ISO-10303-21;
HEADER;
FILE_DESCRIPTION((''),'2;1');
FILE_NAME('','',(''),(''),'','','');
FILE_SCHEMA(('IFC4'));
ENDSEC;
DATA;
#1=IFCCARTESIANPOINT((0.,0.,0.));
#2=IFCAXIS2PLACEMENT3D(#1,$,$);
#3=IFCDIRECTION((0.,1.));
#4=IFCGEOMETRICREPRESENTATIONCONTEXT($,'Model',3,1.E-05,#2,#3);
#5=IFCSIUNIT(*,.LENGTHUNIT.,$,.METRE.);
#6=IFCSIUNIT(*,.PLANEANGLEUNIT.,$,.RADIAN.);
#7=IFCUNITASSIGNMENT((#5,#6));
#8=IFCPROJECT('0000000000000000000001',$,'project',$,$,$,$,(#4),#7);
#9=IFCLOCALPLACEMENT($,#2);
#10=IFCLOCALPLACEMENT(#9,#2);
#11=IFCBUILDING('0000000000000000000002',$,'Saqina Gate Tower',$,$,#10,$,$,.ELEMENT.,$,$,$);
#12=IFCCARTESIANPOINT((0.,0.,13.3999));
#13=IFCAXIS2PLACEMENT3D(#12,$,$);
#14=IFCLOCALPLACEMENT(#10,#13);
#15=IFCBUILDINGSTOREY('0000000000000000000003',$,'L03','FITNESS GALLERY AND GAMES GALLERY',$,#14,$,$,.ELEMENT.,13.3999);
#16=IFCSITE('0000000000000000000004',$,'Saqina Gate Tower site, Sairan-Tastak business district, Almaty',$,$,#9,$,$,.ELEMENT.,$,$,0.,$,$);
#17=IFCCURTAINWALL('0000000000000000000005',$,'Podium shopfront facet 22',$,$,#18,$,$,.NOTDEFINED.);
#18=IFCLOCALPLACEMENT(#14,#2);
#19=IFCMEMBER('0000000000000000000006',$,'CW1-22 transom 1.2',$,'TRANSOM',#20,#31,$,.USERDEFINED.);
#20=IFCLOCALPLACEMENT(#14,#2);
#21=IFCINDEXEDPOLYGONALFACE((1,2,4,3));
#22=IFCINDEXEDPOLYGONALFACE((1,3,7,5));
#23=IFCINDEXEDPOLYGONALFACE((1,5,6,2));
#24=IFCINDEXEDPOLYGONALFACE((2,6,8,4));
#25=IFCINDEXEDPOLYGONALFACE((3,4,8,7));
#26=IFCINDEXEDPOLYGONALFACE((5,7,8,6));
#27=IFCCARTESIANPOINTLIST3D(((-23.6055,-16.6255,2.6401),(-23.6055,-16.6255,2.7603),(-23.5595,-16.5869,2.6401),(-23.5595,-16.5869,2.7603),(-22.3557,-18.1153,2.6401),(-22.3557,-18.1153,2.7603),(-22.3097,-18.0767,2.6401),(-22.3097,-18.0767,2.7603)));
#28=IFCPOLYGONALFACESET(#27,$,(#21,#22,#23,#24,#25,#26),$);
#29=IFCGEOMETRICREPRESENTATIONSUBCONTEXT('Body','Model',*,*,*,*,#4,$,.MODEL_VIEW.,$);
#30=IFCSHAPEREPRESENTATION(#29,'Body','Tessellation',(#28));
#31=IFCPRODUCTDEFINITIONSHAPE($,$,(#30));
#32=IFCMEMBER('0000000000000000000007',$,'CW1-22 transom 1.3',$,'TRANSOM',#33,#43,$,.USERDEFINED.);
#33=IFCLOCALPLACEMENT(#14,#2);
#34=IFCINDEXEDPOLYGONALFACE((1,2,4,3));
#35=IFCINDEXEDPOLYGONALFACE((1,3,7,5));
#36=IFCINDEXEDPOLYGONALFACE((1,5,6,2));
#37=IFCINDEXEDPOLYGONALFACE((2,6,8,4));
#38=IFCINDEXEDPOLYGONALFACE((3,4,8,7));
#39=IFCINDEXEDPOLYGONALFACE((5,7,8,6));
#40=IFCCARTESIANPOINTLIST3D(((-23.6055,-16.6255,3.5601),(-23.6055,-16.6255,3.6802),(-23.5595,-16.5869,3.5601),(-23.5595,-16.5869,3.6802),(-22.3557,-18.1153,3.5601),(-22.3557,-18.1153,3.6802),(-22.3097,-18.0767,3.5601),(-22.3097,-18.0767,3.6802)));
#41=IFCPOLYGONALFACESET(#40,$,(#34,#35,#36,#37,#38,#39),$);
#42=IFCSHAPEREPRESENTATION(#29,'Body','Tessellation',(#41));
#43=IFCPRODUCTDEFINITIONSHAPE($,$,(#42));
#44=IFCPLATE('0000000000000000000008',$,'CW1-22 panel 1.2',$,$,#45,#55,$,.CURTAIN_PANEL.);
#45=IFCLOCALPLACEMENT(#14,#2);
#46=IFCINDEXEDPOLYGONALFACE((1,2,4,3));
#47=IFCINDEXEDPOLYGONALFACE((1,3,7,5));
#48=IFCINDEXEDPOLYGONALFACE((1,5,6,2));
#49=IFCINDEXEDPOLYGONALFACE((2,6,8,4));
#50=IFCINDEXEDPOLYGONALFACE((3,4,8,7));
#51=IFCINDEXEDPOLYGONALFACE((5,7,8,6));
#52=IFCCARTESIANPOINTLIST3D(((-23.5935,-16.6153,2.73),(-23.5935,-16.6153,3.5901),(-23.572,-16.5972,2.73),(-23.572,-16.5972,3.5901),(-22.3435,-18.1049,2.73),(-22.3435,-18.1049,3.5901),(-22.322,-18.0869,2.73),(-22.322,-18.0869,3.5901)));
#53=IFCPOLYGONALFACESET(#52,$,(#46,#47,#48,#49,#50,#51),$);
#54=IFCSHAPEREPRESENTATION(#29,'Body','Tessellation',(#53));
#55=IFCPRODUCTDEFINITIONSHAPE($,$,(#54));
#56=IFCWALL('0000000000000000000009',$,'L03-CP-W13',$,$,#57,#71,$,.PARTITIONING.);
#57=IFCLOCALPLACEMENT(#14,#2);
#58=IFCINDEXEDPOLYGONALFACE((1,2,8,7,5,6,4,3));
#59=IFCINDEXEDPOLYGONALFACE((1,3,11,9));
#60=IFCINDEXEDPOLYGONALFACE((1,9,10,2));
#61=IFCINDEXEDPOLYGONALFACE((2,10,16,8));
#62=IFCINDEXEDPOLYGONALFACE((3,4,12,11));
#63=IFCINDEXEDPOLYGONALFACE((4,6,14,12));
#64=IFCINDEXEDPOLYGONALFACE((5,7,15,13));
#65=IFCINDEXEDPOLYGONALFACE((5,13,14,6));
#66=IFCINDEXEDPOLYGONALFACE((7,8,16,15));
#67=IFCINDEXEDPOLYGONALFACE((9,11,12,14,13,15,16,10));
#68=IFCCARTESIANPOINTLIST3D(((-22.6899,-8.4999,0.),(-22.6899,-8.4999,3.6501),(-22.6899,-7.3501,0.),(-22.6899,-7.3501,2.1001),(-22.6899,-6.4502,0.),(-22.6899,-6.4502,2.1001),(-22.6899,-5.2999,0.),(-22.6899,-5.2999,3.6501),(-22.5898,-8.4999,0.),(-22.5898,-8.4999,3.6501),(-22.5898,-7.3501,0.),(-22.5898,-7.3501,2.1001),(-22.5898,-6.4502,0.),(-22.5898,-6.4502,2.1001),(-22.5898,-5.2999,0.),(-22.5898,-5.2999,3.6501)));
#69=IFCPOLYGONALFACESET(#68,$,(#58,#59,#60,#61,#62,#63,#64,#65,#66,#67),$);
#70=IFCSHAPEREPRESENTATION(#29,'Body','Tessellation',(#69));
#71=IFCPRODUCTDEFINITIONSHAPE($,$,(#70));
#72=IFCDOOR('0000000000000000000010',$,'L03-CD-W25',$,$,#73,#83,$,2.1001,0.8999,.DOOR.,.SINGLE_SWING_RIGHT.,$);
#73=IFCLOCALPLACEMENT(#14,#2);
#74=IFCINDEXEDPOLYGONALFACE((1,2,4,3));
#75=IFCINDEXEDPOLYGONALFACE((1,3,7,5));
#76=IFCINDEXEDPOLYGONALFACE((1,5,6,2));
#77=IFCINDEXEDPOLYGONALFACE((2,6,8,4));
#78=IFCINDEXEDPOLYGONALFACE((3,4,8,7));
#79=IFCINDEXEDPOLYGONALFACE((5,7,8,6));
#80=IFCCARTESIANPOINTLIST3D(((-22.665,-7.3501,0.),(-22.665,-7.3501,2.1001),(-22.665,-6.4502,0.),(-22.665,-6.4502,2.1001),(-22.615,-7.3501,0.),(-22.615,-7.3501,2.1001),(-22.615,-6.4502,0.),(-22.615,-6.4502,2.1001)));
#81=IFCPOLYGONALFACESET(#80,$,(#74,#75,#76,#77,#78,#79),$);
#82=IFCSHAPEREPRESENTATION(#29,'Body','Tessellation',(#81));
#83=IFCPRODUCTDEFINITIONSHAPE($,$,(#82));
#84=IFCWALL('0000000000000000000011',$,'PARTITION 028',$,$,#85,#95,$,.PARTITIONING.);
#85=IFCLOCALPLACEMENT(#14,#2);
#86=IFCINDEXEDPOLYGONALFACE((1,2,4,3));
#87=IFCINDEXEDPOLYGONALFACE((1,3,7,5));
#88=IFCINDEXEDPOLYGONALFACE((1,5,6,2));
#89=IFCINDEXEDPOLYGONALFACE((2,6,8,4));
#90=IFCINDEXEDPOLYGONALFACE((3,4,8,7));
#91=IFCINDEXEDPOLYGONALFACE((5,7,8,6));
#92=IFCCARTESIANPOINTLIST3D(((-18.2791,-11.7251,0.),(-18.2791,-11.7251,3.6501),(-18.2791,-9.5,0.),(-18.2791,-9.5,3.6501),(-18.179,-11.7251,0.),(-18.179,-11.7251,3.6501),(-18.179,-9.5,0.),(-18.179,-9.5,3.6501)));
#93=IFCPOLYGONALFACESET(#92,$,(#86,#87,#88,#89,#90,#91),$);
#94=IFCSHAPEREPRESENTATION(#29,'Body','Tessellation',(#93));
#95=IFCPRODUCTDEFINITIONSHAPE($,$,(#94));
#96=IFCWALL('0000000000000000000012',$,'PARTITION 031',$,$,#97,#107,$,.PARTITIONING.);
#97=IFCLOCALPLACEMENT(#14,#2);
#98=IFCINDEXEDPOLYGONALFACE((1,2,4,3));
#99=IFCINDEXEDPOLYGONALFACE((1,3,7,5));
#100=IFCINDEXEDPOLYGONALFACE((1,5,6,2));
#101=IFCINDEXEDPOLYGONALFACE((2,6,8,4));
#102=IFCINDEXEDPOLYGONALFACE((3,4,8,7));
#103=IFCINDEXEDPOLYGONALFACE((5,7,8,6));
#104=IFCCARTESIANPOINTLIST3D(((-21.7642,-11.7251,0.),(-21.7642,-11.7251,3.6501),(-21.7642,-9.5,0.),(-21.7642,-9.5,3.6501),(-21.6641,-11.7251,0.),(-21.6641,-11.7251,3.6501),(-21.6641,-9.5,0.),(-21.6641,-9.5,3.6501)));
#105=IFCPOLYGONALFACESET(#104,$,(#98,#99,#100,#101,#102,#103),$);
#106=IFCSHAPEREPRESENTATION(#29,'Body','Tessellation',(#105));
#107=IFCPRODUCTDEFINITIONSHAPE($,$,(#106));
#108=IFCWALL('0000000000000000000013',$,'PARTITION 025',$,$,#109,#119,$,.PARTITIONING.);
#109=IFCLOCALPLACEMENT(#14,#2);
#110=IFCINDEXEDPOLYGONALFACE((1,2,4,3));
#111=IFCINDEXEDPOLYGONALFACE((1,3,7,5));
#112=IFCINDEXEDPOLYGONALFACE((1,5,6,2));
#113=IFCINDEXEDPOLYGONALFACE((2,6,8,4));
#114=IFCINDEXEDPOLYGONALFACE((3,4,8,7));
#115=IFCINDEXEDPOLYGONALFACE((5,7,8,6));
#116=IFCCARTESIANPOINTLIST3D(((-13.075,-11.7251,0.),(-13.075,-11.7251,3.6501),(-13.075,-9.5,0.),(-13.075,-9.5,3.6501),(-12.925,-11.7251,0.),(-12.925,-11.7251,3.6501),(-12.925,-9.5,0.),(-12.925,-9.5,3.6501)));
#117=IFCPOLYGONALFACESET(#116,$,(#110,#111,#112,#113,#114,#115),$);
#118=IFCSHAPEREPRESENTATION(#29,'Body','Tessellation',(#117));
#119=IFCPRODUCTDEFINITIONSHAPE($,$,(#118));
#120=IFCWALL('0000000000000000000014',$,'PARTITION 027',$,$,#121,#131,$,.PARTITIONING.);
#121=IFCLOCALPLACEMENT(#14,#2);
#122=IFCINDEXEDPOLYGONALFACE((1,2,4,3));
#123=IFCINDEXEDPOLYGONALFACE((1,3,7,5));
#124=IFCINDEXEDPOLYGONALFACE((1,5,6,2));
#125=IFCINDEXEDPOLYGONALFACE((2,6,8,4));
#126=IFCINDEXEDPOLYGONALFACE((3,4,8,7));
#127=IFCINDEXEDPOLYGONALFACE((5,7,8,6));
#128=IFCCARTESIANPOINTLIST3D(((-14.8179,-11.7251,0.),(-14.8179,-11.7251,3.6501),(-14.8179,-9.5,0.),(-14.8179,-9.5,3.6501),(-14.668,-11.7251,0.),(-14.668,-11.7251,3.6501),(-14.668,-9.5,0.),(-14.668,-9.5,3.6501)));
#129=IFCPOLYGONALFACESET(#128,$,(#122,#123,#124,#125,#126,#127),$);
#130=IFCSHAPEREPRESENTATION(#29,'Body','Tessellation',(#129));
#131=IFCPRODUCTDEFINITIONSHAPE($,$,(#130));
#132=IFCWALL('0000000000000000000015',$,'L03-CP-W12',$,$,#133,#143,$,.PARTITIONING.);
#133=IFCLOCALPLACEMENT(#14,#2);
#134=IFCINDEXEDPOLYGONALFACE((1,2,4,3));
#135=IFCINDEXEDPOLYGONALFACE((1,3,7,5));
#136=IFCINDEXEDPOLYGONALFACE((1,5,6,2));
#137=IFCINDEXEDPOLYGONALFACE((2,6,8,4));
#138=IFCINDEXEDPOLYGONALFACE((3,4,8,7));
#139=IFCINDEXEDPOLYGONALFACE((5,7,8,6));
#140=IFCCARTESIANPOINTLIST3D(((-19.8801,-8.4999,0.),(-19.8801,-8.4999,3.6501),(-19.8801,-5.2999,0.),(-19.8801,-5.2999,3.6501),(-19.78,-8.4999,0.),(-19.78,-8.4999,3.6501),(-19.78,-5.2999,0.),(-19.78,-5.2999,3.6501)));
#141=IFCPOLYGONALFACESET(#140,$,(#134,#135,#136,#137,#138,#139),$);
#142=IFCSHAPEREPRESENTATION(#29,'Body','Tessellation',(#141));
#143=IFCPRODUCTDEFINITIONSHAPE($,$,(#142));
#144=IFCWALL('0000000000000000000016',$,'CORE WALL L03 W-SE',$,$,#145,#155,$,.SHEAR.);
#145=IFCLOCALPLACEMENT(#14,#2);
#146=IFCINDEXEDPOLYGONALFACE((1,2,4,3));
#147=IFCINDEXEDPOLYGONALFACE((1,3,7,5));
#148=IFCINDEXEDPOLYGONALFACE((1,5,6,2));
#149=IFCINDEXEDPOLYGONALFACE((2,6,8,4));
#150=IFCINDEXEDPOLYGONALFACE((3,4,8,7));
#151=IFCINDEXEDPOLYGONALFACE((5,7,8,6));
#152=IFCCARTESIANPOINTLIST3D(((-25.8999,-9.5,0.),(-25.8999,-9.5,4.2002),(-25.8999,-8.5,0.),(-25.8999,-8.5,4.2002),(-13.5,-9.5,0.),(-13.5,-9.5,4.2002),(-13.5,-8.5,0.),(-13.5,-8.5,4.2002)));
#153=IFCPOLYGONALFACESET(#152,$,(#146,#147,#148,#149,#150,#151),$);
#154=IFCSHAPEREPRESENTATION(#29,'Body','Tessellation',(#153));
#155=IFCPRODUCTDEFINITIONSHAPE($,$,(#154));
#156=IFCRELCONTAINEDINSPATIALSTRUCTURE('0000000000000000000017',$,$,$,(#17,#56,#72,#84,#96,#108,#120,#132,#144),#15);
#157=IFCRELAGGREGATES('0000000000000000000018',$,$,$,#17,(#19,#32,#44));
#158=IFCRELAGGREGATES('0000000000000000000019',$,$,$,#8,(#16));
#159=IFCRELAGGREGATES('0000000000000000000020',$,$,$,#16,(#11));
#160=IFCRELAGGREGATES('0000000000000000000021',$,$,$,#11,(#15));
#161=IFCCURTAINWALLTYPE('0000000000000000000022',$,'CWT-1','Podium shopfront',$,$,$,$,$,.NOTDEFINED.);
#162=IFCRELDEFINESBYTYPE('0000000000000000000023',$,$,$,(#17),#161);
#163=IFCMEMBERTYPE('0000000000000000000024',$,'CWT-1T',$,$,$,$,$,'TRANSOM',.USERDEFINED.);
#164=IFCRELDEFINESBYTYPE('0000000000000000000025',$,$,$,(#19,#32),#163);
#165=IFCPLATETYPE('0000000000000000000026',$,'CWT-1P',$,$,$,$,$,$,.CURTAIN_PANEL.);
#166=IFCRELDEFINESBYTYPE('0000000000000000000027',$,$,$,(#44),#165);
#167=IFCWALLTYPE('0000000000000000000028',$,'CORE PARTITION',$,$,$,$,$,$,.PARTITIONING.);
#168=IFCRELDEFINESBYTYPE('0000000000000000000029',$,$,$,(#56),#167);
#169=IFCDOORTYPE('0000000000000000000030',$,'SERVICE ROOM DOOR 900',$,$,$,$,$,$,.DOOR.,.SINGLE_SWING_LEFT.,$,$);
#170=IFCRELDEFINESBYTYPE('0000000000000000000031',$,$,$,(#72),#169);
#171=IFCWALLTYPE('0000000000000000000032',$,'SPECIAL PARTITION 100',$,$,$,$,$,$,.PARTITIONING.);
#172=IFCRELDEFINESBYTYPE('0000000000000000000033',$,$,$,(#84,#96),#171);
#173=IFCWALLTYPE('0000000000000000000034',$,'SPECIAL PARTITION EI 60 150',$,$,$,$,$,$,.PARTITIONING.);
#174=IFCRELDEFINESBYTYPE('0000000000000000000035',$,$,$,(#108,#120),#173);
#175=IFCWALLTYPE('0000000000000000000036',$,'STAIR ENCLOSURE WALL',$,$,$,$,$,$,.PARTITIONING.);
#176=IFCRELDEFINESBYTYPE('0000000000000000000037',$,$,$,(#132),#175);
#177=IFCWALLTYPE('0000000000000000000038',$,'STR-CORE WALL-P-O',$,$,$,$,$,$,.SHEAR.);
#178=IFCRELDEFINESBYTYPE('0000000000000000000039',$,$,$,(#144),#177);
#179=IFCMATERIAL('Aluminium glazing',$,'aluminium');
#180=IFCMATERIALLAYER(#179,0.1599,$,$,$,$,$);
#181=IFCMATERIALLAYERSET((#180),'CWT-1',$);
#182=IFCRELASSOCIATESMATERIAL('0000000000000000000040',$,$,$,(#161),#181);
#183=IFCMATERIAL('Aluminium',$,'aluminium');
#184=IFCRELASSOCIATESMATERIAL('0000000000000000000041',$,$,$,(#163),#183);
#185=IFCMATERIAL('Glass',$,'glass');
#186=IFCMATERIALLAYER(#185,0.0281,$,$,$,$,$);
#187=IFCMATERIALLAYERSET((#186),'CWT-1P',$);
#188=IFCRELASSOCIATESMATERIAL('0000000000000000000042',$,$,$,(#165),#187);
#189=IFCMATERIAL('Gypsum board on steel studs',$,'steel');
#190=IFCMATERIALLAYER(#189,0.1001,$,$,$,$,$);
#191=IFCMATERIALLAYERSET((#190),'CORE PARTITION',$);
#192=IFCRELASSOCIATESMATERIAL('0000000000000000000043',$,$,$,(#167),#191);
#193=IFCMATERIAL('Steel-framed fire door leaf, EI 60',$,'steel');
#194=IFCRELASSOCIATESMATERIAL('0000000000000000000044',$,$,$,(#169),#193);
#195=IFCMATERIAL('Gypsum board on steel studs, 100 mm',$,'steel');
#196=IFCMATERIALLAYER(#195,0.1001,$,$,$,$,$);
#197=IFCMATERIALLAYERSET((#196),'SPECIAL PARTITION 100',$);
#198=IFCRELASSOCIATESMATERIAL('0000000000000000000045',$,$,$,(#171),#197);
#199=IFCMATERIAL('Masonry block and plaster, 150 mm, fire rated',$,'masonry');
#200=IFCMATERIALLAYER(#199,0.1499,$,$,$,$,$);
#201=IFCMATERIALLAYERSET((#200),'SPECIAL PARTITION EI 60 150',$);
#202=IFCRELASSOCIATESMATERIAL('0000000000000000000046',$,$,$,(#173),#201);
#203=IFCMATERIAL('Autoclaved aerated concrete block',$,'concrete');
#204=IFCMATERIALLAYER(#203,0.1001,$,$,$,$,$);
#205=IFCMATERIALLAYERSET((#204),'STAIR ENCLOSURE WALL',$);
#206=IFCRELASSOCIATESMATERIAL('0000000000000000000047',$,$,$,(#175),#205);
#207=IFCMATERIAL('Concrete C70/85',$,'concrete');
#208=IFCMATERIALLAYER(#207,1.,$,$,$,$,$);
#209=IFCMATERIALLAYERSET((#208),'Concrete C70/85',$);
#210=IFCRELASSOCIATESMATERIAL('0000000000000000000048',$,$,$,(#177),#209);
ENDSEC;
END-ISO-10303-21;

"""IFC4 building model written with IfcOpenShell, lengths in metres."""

from ifc_helpers import new_model, si_unit, direction, frame, frame_2d, origin, origin_2d, place, context, subcontext, project, spatial, rectangle, extrude, material, layer, layer_set, material_profile, profile_set, type_object, element, fill, aggregate, save


model = new_model("IFC4")

# Units and contexts
model_context = context("Model", 3, precision=1e-05, world=origin(), true_north=direction((0.0, 1.0)))
body_context = subcontext(model_context, "Body", "Model", "MODEL_VIEW")
ifc_project = project(units=[si_unit("LENGTHUNIT", "METRE"), si_unit("PLANEANGLEUNIT", "RADIAN")], contexts=[model_context])

# Site, building, storey
site_placement = place(None, origin())
site = spatial("IfcSite", under=ifc_project, at=site_placement, Name="Saqina Gate Tower site, Sairan-Tastak business district, Almaty", CompositionType="ELEMENT", RefElevation=0.0)
building_placement = place(site_placement, origin())
building = spatial("IfcBuilding", under=site, at=building_placement, Name="Saqina Gate Tower", CompositionType="ELEMENT")
storey_placement = place(building_placement, frame((0.0, 0.0, 13.3999)))
storey = spatial("IfcBuildingStorey", under=building, at=storey_placement, Name="L03", Description="FITNESS GALLERY AND GAMES GALLERY", CompositionType="ELEMENT", Elevation=13.3999)

# Curtain wall, members, plate
ifc_material_1 = material(Name="Aluminium glazing", Category="aluminium")
ifc_layer_1 = layer(ifc_material_1, 0.1599)
ifc_layer_set_1 = layer_set([ifc_layer_1], Name="CWT-1")
curtain_wall_type = type_object("IfcCurtainWallType", Name="CWT-1", Description="Podium shopfront", PredefinedType="NOTDEFINED", material=ifc_layer_set_1)
curtain_wall_placement = place(storey_placement, origin())
curtain_wall = element("IfcCurtainWall", 1, at=curtain_wall_placement, inside=storey, type_object=curtain_wall_type, Name="Podium shopfront facet 22", PredefinedType="NOTDEFINED")
ifc_material_2 = material(Name="Aluminium", Category="aluminium")
ifc_material_profile = material_profile(ifc_material_2, rectangle(XDim=0.0601, YDim=0.1201, at=origin_2d()), Name="Aluminium 60x120")
ifc_profile_set = profile_set([ifc_material_profile], Name="Aluminium")
member_type = type_object("IfcMemberType", Name="CWT-1T", ElementType="TRANSOM", PredefinedType="USERDEFINED", material=ifc_profile_set)
member_1_placement = place(storey_placement, frame((-23.5825, -16.6062, 2.7002), z_axis=(0.6427, -0.766118, 0.0), x_axis=(0.766118, 0.6427, 0.0)))
member_1 = element("IfcMember", 2, at=member_1_placement, type_object=member_type, Name="CW1-22 transom 1.2", ObjectType="TRANSOM", PredefinedType="USERDEFINED", context=body_context, shape_type="SweptSolid", body=[
    extrude(rectangle(XDim=0.0601, YDim=0.1201, at=origin_2d()), origin(), (0.0, 0.0, 1.0), 1.9446),
])
member_2_placement = place(storey_placement, frame((-23.5825, -16.6062, 3.6201), z_axis=(0.6427, -0.766118, 0.0), x_axis=(0.766118, 0.6427, 0.0)))
member_2 = element("IfcMember", 3, at=member_2_placement, type_object=member_type, Name="CW1-22 transom 1.3", ObjectType="TRANSOM", PredefinedType="USERDEFINED", context=body_context, shape_type="SweptSolid", body=[
    extrude(rectangle(XDim=0.0601, YDim=0.1201, at=origin_2d()), origin(), (0.0, 0.0, 1.0), 1.9446),
])
ifc_material_3 = material(Name="Glass", Category="glass")
ifc_layer_2 = layer(ifc_material_3, 0.0281)
ifc_layer_set_2 = layer_set([ifc_layer_2], Name="CWT-1P")
plate_type = type_object("IfcPlateType", Name="CWT-1P", PredefinedType="CURTAIN_PANEL", material=ifc_layer_set_2)
plate_placement = place(storey_placement, frame((-22.9578, -17.3511, 2.73), z_axis=(0.0, 0.0, 1.0), x_axis=(0.642779, -0.766051, 0.0)))
plate = element("IfcPlate", 4, at=plate_placement, type_object=plate_type, Name="CW1-22 panel 1.2", PredefinedType="CURTAIN_PANEL", context=body_context, shape_type="SweptSolid", body=[
    extrude(rectangle(XDim=1.9446, YDim=0.0281, at=origin_2d()), origin(), (0.0, 0.0, 1.0), 0.8601),
])
aggregate(curtain_wall, [member_1, member_2, plate])

# Wall, opening, door
ifc_material_4 = material(Name="Gypsum board on steel studs", Category="steel")
ifc_layer_3 = layer(ifc_material_4, 0.1001)
ifc_layer_set_3 = layer_set([ifc_layer_3], Name="CORE PARTITION")
wall_type_1 = type_object("IfcWallType", Name="CORE PARTITION", PredefinedType="PARTITIONING", material=ifc_layer_set_3)
wall_1_placement = place(storey_placement, frame((-22.6399, -8.5, 0.0), z_axis=(0.0, 0.0, 1.0), x_axis=(0.0, 1.0, 0.0)))
wall_1 = element("IfcWall", 5, at=wall_1_placement, inside=storey, type_object=wall_type_1, Name="L03-CP-W13", PredefinedType="PARTITIONING", context=body_context, shape_type="SweptSolid", body=[
    extrude(rectangle(XDim=3.2, YDim=0.1001, at=frame_2d((1.6001, 0.0))), origin(), (0.0, 0.0, 1.0), 3.6501),
])
opening_1_placement = place(wall_1_placement, frame((1.1499, 0.0, 0.0)))
opening_1 = element("IfcOpeningElement", 6, at=opening_1_placement, cuts=wall_1, PredefinedType="OPENING", context=body_context, shape_type="SweptSolid", body=[
    extrude(rectangle(XDim=0.8999, YDim=2.1001, at=frame_2d((0.45, 1.05))), frame((0.0, 0.062, 0.0), z_axis=(0.0, -1.0, 0.0), x_axis=(1.0, 0.0, 0.0)), (0.0, 0.0, 1.0), 0.124),
])
ifc_material_5 = material(Name="Steel-framed fire door leaf, EI 60", Category="steel")
door_type_1 = type_object("IfcDoorType", Name="SERVICE ROOM DOOR 900", OperationType="SINGLE_SWING_LEFT", PredefinedType="DOOR", material=ifc_material_5)
door_1_placement = place(opening_1_placement, frame((0.8999, 0.0, 0.0), z_axis=(0.0, 0.0, 1.0), x_axis=(-1.0, 0.0, 0.0)))
door_1 = element("IfcDoor", 7, at=door_1_placement, inside=storey, type_object=door_type_1, Name="L03-CD-W25", OperationType="SINGLE_SWING_RIGHT", OverallHeight=2.1001, OverallWidth=0.8999, PredefinedType="DOOR", context=body_context, shape_type="SweptSolid", body=[
    extrude(rectangle(XDim=0.8999, YDim=2.1001, at=frame_2d((0.45, 1.05))), frame((0.0, 0.0249, 0.0), z_axis=(0.0, -1.0, 0.0), x_axis=(1.0, 0.0, 0.0)), (0.0, 0.0, 1.0), 0.05),
])
fill(opening_1, door_1)

# Walls
ifc_material_6 = material(Name="Gypsum board on steel studs, 100 mm", Category="steel")
ifc_layer_4 = layer(ifc_material_6, 0.1001)
ifc_layer_set_4 = layer_set([ifc_layer_4], Name="SPECIAL PARTITION 100")
wall_type_2 = type_object("IfcWallType", Name="SPECIAL PARTITION 100", PredefinedType="PARTITIONING", material=ifc_layer_set_4)
for number, where, z_axis, x_axis, name in (
    (8, (-18.229, -11.7251, 0.0), (0.0, 0.0, 1.0), (0.0, 1.0, 0.0), "PARTITION 028"),
    (9, (-21.7141, -11.7251, 0.0), (0.0, 0.0, 1.0), (0.0, 1.0, 0.0), "PARTITION 031"),
):
    element("IfcWall", number, at=place(storey_placement, frame(where, z_axis=z_axis, x_axis=x_axis)), inside=storey, type_object=wall_type_2, Name=name, PredefinedType="PARTITIONING", context=body_context, shape_type="SweptSolid", body=[
        extrude(rectangle(XDim=2.2251, YDim=0.1001, at=frame_2d((1.1125, 0.0))), origin(), (0.0, 0.0, 1.0), 3.6501),
    ])
ifc_material_7 = material(Name="Masonry block and plaster, 150 mm, fire rated", Category="masonry")
ifc_layer_5 = layer(ifc_material_7, 0.1499)
ifc_layer_set_5 = layer_set([ifc_layer_5], Name="SPECIAL PARTITION EI 60 150")
wall_type_3 = type_object("IfcWallType", Name="SPECIAL PARTITION EI 60 150", PredefinedType="PARTITIONING", material=ifc_layer_set_5)
for number, where, z_axis, x_axis, name in (
    (10, (-13.0, -11.7251, 0.0), (0.0, 0.0, 1.0), (0.0, 1.0, 0.0), "PARTITION 025"),
    (11, (-14.7429, -11.7251, 0.0), (0.0, 0.0, 1.0), (0.0, 1.0, 0.0), "PARTITION 027"),
):
    element("IfcWall", number, at=place(storey_placement, frame(where, z_axis=z_axis, x_axis=x_axis)), inside=storey, type_object=wall_type_3, Name=name, PredefinedType="PARTITIONING", context=body_context, shape_type="SweptSolid", body=[
        extrude(rectangle(XDim=2.2251, YDim=0.1499, at=frame_2d((1.1125, 0.0))), origin(), (0.0, 0.0, 1.0), 3.6501),
    ])
ifc_material_8 = material(Name="Autoclaved aerated concrete block", Category="concrete")
ifc_layer_6 = layer(ifc_material_8, 0.1001)
ifc_layer_set_6 = layer_set([ifc_layer_6], Name="STAIR ENCLOSURE WALL")
wall_type_4 = type_object("IfcWallType", Name="STAIR ENCLOSURE WALL", PredefinedType="PARTITIONING", material=ifc_layer_set_6)
wall_2_placement = place(storey_placement, frame((-19.8301, -8.5, 0.0), z_axis=(0.0, 0.0, 1.0), x_axis=(0.0, 1.0, 0.0)))
element("IfcWall", 12, at=wall_2_placement, inside=storey, type_object=wall_type_4, Name="L03-CP-W12", PredefinedType="PARTITIONING", context=body_context, shape_type="SweptSolid", body=[
    extrude(rectangle(XDim=3.2, YDim=0.1001, at=frame_2d((1.6001, 0.0))), origin(), (0.0, 0.0, 1.0), 3.6501),
])

# Shared definitions
ifc_material_9 = material(Name="Concrete C70/85", Category="concrete")
ifc_layer_7 = layer(ifc_material_9, 1.0)
ifc_layer_set_7 = layer_set([ifc_layer_7], Name="Concrete C70/85")
wall_type_5 = type_object("IfcWallType", Name="STR-CORE WALL-P-O", PredefinedType="SHEAR", material=ifc_layer_set_7)

# Wall
wall_3_placement = place(storey_placement, frame((-13.5, -9.0, 0.0), z_axis=(0.0, 0.0, 1.0), x_axis=(-1.0, 0.0, 0.0)))
element("IfcWall", 13, at=wall_3_placement, inside=storey, type_object=wall_type_5, Name="CORE WALL L03 W-SE", PredefinedType="SHEAR", context=body_context, shape_type="SweptSolid", body=[
    extrude(rectangle(XDim=12.3999, YDim=1.0, at=frame_2d((6.2, 0.0))), origin(), (0.0, 0.0, 1.0), 4.2002),
])

save(model, "model.ifc")
